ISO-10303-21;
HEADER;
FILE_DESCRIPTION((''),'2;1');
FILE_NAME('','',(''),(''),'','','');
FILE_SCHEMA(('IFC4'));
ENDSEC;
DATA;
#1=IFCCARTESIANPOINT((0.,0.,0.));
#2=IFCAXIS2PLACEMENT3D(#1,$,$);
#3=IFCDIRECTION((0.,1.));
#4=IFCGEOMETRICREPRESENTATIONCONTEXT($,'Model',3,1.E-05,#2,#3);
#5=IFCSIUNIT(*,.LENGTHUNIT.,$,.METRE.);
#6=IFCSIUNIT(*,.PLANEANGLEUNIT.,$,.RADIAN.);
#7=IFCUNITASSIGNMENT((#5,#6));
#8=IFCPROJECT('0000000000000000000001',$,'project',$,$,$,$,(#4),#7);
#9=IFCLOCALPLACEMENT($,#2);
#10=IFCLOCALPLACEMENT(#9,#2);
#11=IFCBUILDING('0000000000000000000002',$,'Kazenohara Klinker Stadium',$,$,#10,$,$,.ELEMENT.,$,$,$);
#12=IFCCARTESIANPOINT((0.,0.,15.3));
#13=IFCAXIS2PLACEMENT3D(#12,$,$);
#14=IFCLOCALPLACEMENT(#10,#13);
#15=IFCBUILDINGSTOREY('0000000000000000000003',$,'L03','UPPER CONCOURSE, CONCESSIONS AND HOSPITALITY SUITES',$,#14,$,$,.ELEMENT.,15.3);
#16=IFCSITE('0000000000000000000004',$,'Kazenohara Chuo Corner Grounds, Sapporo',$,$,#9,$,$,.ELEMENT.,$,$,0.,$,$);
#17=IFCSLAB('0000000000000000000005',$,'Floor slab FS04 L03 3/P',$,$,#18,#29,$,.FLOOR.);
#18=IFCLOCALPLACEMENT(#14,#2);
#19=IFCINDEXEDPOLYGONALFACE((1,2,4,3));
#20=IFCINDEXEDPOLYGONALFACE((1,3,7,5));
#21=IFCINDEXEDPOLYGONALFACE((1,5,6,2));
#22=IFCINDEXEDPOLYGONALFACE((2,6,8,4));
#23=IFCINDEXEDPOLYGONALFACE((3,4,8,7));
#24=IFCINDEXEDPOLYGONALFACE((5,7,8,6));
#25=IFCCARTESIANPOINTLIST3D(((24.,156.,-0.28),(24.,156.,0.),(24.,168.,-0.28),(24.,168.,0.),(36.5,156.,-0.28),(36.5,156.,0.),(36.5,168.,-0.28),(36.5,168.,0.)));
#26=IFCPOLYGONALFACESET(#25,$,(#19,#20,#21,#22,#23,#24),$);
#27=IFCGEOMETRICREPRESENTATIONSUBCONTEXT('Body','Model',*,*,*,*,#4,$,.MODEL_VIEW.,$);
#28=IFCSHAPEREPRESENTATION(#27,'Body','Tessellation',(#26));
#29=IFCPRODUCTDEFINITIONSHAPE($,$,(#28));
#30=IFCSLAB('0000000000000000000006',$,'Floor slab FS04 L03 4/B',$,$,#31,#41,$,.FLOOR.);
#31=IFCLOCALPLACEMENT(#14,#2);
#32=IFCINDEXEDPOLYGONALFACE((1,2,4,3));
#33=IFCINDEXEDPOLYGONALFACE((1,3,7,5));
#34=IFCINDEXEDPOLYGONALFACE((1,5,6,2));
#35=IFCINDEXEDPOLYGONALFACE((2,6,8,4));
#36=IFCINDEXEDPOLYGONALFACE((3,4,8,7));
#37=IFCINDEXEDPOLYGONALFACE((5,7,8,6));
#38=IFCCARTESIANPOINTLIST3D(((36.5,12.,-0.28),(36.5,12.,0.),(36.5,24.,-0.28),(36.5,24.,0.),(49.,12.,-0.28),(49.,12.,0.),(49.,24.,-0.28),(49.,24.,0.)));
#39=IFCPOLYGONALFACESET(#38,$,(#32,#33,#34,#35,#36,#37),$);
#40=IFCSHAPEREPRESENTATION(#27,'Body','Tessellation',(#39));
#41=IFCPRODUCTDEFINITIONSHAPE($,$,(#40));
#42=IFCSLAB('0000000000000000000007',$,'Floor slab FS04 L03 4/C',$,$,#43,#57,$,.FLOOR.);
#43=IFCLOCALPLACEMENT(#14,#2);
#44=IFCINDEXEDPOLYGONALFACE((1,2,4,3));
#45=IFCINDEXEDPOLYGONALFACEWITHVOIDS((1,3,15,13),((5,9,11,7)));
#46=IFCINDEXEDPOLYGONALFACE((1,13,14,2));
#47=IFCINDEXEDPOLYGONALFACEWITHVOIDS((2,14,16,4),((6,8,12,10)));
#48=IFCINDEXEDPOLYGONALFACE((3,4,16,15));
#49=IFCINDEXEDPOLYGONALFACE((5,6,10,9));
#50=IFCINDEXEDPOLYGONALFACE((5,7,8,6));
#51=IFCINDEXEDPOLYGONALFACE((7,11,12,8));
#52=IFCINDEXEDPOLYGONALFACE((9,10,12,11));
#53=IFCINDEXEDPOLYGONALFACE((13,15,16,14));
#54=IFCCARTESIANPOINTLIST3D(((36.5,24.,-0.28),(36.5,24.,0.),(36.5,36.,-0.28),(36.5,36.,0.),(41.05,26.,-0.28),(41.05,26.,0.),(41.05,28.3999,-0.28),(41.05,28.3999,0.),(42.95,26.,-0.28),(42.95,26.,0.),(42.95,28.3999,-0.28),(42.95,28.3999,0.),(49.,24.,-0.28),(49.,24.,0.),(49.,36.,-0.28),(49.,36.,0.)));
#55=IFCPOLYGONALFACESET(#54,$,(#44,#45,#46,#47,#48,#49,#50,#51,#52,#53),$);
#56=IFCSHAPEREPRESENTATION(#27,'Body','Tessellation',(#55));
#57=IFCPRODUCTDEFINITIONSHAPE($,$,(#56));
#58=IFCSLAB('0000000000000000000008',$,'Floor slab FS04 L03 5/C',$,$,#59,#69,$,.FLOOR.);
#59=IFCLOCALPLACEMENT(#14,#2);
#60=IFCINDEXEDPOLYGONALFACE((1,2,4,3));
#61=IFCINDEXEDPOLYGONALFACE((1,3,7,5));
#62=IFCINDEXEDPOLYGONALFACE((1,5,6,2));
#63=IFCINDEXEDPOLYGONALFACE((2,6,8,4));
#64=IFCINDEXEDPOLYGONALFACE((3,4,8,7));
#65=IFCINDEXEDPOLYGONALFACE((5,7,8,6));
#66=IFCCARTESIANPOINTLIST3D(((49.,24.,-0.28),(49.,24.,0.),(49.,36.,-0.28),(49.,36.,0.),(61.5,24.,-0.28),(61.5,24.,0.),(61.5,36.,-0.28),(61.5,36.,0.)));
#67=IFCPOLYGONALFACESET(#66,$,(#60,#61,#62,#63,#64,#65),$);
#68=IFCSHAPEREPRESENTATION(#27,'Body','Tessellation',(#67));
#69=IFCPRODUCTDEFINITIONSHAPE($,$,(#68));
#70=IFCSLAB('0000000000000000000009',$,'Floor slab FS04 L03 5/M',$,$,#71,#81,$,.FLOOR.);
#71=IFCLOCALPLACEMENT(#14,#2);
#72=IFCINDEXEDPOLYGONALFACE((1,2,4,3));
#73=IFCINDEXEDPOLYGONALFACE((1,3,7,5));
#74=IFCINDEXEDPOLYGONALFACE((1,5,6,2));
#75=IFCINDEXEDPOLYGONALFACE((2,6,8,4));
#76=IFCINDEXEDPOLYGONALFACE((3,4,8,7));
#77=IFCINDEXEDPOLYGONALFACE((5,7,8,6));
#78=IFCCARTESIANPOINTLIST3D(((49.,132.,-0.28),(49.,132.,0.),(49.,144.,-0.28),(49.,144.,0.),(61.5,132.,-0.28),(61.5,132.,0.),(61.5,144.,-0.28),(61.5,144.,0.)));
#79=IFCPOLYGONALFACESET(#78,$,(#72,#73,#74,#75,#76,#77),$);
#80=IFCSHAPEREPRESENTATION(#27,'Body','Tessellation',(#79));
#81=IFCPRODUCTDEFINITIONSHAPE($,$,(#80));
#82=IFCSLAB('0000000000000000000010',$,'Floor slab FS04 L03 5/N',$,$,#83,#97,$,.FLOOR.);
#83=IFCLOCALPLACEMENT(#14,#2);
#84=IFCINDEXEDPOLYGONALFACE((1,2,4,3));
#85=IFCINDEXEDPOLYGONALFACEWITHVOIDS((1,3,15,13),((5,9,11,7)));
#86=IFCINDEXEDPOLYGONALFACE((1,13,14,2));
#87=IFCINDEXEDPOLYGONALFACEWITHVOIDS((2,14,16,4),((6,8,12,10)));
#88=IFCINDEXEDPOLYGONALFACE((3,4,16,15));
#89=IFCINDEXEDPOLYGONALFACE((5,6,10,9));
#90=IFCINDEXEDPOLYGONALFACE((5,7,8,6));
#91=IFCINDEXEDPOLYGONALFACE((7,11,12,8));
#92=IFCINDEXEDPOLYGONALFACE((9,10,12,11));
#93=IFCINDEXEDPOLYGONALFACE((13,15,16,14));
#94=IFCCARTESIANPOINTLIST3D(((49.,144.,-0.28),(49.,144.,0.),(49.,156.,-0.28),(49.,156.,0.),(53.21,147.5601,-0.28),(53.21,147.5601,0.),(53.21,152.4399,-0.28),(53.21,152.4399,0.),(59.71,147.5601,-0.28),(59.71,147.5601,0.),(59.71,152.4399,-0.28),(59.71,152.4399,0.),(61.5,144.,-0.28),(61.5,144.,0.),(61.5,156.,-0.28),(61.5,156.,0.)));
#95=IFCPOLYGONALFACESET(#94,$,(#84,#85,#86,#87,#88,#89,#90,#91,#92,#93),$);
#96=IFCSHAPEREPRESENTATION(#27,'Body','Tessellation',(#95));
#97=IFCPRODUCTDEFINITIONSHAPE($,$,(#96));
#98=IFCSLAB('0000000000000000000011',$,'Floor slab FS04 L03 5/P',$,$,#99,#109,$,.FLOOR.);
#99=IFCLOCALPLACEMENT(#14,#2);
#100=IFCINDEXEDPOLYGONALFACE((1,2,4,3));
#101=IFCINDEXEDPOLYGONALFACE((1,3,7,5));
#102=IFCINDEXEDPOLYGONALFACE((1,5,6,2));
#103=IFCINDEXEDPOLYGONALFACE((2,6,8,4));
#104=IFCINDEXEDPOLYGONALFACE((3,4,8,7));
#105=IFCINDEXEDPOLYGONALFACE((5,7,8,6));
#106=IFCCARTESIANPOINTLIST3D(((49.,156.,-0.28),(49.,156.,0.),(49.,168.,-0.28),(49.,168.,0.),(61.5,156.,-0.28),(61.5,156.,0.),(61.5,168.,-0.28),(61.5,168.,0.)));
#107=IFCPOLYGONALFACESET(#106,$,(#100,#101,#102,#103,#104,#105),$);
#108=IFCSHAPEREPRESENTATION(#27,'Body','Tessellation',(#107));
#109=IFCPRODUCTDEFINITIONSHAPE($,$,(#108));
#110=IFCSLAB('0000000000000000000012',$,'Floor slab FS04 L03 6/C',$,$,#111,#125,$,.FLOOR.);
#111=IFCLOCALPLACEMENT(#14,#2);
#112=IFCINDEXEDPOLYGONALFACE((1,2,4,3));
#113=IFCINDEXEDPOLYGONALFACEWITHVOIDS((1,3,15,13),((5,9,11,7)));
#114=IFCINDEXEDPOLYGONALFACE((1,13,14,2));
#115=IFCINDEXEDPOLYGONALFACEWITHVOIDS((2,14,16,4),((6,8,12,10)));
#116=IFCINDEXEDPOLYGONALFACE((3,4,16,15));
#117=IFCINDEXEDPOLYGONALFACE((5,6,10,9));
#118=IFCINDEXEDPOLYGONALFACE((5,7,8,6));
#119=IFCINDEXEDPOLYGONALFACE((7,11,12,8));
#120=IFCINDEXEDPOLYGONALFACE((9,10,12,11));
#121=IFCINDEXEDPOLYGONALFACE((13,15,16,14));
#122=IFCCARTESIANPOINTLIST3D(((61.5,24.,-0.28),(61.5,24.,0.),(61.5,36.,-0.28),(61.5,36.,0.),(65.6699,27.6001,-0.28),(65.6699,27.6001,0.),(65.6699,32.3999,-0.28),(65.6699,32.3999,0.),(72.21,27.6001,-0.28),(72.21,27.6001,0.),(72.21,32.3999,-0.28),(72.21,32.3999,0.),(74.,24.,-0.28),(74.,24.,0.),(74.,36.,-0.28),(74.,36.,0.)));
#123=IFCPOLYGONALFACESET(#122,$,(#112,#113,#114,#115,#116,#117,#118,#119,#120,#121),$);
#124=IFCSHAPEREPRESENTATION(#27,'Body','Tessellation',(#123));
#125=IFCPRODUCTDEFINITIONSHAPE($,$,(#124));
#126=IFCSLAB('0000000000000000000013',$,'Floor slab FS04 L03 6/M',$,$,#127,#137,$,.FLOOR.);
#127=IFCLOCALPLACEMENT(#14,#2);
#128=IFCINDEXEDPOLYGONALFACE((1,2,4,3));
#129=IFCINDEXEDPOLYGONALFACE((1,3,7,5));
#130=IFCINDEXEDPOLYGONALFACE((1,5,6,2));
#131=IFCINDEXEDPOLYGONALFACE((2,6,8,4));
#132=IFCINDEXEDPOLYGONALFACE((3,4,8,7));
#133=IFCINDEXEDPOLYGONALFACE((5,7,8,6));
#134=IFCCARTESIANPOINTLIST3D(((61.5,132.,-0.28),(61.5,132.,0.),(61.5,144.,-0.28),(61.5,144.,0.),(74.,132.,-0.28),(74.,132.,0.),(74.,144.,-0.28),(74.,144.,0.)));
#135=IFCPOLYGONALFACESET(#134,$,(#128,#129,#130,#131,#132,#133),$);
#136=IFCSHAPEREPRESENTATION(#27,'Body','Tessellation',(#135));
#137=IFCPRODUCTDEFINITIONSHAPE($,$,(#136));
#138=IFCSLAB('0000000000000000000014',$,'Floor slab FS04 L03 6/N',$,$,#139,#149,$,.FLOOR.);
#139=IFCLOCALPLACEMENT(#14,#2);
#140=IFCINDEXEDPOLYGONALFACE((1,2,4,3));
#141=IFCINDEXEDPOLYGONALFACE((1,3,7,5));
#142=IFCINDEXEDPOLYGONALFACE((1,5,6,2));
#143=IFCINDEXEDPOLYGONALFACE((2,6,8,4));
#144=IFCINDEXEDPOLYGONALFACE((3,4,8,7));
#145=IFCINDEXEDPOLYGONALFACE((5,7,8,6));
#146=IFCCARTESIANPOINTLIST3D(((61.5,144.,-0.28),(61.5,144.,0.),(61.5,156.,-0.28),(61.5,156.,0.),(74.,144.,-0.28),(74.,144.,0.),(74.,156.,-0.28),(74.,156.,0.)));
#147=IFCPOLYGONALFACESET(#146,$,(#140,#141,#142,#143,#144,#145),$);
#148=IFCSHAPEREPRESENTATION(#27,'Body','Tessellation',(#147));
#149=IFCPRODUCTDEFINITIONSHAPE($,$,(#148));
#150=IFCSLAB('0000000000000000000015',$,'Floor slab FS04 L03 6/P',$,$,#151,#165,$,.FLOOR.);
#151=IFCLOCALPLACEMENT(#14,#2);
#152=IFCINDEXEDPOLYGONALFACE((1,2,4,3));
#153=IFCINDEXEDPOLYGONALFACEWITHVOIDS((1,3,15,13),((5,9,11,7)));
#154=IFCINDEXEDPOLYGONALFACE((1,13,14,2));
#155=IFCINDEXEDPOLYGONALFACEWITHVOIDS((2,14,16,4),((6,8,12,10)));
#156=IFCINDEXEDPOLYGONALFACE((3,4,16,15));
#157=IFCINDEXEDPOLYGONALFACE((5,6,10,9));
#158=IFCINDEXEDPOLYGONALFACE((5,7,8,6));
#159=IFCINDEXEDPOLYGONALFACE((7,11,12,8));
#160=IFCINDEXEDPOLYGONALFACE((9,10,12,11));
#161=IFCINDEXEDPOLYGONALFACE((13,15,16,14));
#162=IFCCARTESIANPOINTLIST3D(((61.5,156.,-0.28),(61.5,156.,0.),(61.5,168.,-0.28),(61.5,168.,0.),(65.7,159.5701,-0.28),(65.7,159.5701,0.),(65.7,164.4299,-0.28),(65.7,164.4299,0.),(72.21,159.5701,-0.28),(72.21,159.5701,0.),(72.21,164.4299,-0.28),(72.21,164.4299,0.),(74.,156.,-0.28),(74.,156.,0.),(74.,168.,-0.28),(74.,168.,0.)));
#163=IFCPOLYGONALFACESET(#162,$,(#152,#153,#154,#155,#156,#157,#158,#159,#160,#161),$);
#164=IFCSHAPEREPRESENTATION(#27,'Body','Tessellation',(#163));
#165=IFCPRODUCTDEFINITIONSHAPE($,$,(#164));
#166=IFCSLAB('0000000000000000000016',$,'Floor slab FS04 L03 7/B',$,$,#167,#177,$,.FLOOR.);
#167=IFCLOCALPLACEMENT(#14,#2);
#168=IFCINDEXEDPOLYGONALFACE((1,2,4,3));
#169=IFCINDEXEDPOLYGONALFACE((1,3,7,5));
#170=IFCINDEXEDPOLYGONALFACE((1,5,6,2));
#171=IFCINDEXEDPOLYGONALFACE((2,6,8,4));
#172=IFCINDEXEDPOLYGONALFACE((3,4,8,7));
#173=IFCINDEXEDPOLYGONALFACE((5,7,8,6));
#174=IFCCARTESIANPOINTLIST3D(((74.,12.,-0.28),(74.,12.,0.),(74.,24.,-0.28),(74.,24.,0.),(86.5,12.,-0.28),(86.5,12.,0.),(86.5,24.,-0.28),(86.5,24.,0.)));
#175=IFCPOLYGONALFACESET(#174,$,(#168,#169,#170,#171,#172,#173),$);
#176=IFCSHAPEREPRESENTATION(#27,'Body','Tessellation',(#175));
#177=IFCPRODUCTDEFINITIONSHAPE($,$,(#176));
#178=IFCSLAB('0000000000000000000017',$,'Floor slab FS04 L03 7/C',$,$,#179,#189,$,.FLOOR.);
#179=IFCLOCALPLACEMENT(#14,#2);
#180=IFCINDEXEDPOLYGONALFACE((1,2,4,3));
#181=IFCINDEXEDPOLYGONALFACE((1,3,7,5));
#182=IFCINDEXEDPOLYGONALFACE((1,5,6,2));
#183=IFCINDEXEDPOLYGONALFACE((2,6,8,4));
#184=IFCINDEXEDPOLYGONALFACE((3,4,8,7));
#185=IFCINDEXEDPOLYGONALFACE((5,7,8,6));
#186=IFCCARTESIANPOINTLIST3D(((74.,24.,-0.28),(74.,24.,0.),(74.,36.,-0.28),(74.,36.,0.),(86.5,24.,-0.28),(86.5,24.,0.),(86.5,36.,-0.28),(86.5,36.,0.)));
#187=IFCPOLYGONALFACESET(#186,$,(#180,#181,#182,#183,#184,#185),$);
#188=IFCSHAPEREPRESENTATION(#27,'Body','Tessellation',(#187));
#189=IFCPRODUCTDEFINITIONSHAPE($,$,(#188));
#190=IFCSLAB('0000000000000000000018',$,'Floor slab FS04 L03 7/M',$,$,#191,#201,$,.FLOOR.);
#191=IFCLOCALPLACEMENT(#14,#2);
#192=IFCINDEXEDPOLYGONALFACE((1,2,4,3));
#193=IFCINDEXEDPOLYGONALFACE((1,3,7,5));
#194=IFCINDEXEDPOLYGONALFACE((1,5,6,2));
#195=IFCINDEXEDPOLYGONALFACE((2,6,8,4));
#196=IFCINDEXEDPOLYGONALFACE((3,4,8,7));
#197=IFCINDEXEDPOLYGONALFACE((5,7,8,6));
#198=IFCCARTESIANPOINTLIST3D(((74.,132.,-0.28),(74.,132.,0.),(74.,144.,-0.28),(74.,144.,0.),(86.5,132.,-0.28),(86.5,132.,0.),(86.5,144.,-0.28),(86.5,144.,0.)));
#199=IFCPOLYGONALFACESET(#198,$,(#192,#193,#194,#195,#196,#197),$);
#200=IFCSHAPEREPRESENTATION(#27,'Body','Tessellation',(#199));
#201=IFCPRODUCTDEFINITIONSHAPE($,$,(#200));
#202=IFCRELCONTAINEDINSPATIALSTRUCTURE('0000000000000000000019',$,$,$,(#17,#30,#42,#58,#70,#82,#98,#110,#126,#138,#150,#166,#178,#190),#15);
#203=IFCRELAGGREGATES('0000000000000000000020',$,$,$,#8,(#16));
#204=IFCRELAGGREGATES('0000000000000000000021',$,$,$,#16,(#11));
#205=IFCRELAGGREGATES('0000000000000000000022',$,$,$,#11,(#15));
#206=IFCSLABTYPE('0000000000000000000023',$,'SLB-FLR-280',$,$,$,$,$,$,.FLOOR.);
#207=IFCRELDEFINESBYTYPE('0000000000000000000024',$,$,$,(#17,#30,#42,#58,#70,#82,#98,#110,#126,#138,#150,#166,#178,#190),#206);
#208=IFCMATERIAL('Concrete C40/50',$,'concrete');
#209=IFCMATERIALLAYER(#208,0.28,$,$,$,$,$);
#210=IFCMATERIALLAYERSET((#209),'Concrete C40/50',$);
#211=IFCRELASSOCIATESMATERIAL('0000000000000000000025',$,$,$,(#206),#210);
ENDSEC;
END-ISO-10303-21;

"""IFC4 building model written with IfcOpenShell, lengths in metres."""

from ifc_helpers import new_model, si_unit, direction, frame, origin, place, context, subcontext, project, spatial, polyline, outline, extrude, material, layer, layer_set, type_object, element, save


model = new_model("IFC4")

# Units and contexts
model_context = context("Model", 3, precision=1e-05, world=origin(), true_north=direction((0.0, 1.0)))
body_context = subcontext(model_context, "Body", "Model", "MODEL_VIEW")
ifc_project = project(units=[si_unit("LENGTHUNIT", "METRE"), si_unit("PLANEANGLEUNIT", "RADIAN")], contexts=[model_context])

# Site, building, storey
site_placement = place(None, origin())
site = spatial("IfcSite", under=ifc_project, at=site_placement, Name="Kazenohara Chuo Corner Grounds, Sapporo", CompositionType="ELEMENT", RefElevation=0.0)
building_placement = place(site_placement, origin())
building = spatial("IfcBuilding", under=site, at=building_placement, Name="Kazenohara Klinker Stadium", CompositionType="ELEMENT")
storey_placement = place(building_placement, frame((0.0, 0.0, 15.3)))
storey = spatial("IfcBuildingStorey", under=building, at=storey_placement, Name="L03", Description="UPPER CONCOURSE, CONCESSIONS AND HOSPITALITY SUITES", CompositionType="ELEMENT", Elevation=15.3)

# Slabs
ifc_material = material(Name="Concrete C40/50", Category="concrete")
ifc_layer = layer(ifc_material, 0.28)
ifc_layer_set = layer_set([ifc_layer], Name="Concrete C40/50")
slab_type = type_object("IfcSlabType", Name="SLB-FLR-280", PredefinedType="FLOOR", material=ifc_layer_set)
slab_1_placement = place(storey_placement, frame((0.0, 0.0, -0.28)))
element("IfcSlab", 1, at=slab_1_placement, inside=storey, type_object=slab_type, Name="Floor slab FS04 L03 3/P", PredefinedType="FLOOR", context=body_context, shape_type="SweptSolid", body=[
    extrude(outline(polyline([(24.0, 156.0), (36.5, 156.0), (36.5, 168.0), (24.0, 168.0), (24.0, 156.0)])), origin(), (0.0, 0.0, 1.0), 0.28),
])
slab_2_placement = place(storey_placement, frame((0.0, 0.0, -0.28)))
element("IfcSlab", 2, at=slab_2_placement, inside=storey, type_object=slab_type, Name="Floor slab FS04 L03 4/B", PredefinedType="FLOOR", context=body_context, shape_type="SweptSolid", body=[
    extrude(outline(polyline([(36.5, 12.0), (49.0, 12.0), (49.0, 24.0), (36.5, 24.0), (36.5, 12.0)])), origin(), (0.0, 0.0, 1.0), 0.28),
])
slab_3_placement = place(storey_placement, frame((0.0, 0.0, -0.28)))
element("IfcSlab", 3, at=slab_3_placement, inside=storey, type_object=slab_type, Name="Floor slab FS04 L03 4/C", PredefinedType="FLOOR", context=body_context, shape_type="SweptSolid", body=[
    extrude(outline(polyline([(36.5, 24.0), (49.0, 24.0), (49.0, 36.0), (36.5, 36.0), (36.5, 24.0)]), holes=[polyline([(41.05, 26.0), (42.95, 26.0), (42.95, 28.3999), (41.05, 28.3999), (41.05, 26.0)])]), origin(), (0.0, 0.0, 1.0), 0.28),
])
slab_4_placement = place(storey_placement, frame((0.0, 0.0, -0.28)))
element("IfcSlab", 4, at=slab_4_placement, inside=storey, type_object=slab_type, Name="Floor slab FS04 L03 5/C", PredefinedType="FLOOR", context=body_context, shape_type="SweptSolid", body=[
    extrude(outline(polyline([(49.0, 24.0), (61.5, 24.0), (61.5, 36.0), (49.0, 36.0), (49.0, 24.0)])), origin(), (0.0, 0.0, 1.0), 0.28),
])
slab_5_placement = place(storey_placement, frame((0.0, 0.0, -0.28)))
element("IfcSlab", 5, at=slab_5_placement, inside=storey, type_object=slab_type, Name="Floor slab FS04 L03 5/M", PredefinedType="FLOOR", context=body_context, shape_type="SweptSolid", body=[
    extrude(outline(polyline([(49.0, 132.0), (61.5, 132.0), (61.5, 144.0), (49.0, 144.0), (49.0, 132.0)])), origin(), (0.0, 0.0, 1.0), 0.28),
])
slab_6_placement = place(storey_placement, frame((0.0, 0.0, -0.28)))
element("IfcSlab", 6, at=slab_6_placement, inside=storey, type_object=slab_type, Name="Floor slab FS04 L03 5/N", PredefinedType="FLOOR", context=body_context, shape_type="SweptSolid", body=[
    extrude(outline(polyline([(49.0, 144.0), (61.5, 144.0), (61.5, 156.0), (49.0, 156.0), (49.0, 144.0)]), holes=[polyline([(53.21, 147.5601), (59.71, 147.5601), (59.71, 152.4399), (53.21, 152.4399), (53.21, 147.5601)])]), origin(), (0.0, 0.0, 1.0), 0.28),
])
slab_7_placement = place(storey_placement, frame((0.0, 0.0, -0.28)))
element("IfcSlab", 7, at=slab_7_placement, inside=storey, type_object=slab_type, Name="Floor slab FS04 L03 5/P", PredefinedType="FLOOR", context=body_context, shape_type="SweptSolid", body=[
    extrude(outline(polyline([(49.0, 156.0), (61.5, 156.0), (61.5, 168.0), (49.0, 168.0), (49.0, 156.0)])), origin(), (0.0, 0.0, 1.0), 0.28),
])
slab_8_placement = place(storey_placement, frame((0.0, 0.0, -0.28)))
element("IfcSlab", 8, at=slab_8_placement, inside=storey, type_object=slab_type, Name="Floor slab FS04 L03 6/C", PredefinedType="FLOOR", context=body_context, shape_type="SweptSolid", body=[
    extrude(outline(polyline([(61.5, 24.0), (74.0, 24.0), (74.0, 36.0), (61.5, 36.0), (61.5, 24.0)]), holes=[polyline([(65.6699, 27.6001), (72.21, 27.6001), (72.21, 32.3999), (65.6699, 32.3999), (65.6699, 27.6001)])]), origin(), (0.0, 0.0, 1.0), 0.28),
])
slab_9_placement = place(storey_placement, frame((0.0, 0.0, -0.28)))
element("IfcSlab", 9, at=slab_9_placement, inside=storey, type_object=slab_type, Name="Floor slab FS04 L03 6/M", PredefinedType="FLOOR", context=body_context, shape_type="SweptSolid", body=[
    extrude(outline(polyline([(61.5, 132.0), (74.0, 132.0), (74.0, 144.0), (61.5, 144.0), (61.5, 132.0)])), origin(), (0.0, 0.0, 1.0), 0.28),
])
slab_10_placement = place(storey_placement, frame((0.0, 0.0, -0.28)))
element("IfcSlab", 10, at=slab_10_placement, inside=storey, type_object=slab_type, Name="Floor slab FS04 L03 6/N", PredefinedType="FLOOR", context=body_context, shape_type="SweptSolid", body=[
    extrude(outline(polyline([(61.5, 144.0), (74.0, 144.0), (74.0, 156.0), (61.5, 156.0), (61.5, 144.0)])), origin(), (0.0, 0.0, 1.0), 0.28),
])
slab_11_placement = place(storey_placement, frame((0.0, 0.0, -0.28)))
element("IfcSlab", 11, at=slab_11_placement, inside=storey, type_object=slab_type, Name="Floor slab FS04 L03 6/P", PredefinedType="FLOOR", context=body_context, shape_type="SweptSolid", body=[
    extrude(outline(polyline([(61.5, 156.0), (74.0, 156.0), (74.0, 168.0), (61.5, 168.0), (61.5, 156.0)]), holes=[polyline([(65.7, 159.5701), (72.21, 159.5701), (72.21, 164.4299), (65.7, 164.4299), (65.7, 159.5701)])]), origin(), (0.0, 0.0, 1.0), 0.28),
])
slab_12_placement = place(storey_placement, frame((0.0, 0.0, -0.28)))
element("IfcSlab", 12, at=slab_12_placement, inside=storey, type_object=slab_type, Name="Floor slab FS04 L03 7/B", PredefinedType="FLOOR", context=body_context, shape_type="SweptSolid", body=[
    extrude(outline(polyline([(74.0, 12.0), (86.5, 12.0), (86.5, 24.0), (74.0, 24.0), (74.0, 12.0)])), origin(), (0.0, 0.0, 1.0), 0.28),
])
slab_13_placement = place(storey_placement, frame((0.0, 0.0, -0.28)))
element("IfcSlab", 13, at=slab_13_placement, inside=storey, type_object=slab_type, Name="Floor slab FS04 L03 7/C", PredefinedType="FLOOR", context=body_context, shape_type="SweptSolid", body=[
    extrude(outline(polyline([(74.0, 24.0), (86.5, 24.0), (86.5, 36.0), (74.0, 36.0), (74.0, 24.0)])), origin(), (0.0, 0.0, 1.0), 0.28),
])
slab_14_placement = place(storey_placement, frame((0.0, 0.0, -0.28)))
element("IfcSlab", 14, at=slab_14_placement, inside=storey, type_object=slab_type, Name="Floor slab FS04 L03 7/M", PredefinedType="FLOOR", context=body_context, shape_type="SweptSolid", body=[
    extrude(outline(polyline([(74.0, 132.0), (86.5, 132.0), (86.5, 144.0), (74.0, 144.0), (74.0, 132.0)])), origin(), (0.0, 0.0, 1.0), 0.28),
])

save(model, "model.ifc")
